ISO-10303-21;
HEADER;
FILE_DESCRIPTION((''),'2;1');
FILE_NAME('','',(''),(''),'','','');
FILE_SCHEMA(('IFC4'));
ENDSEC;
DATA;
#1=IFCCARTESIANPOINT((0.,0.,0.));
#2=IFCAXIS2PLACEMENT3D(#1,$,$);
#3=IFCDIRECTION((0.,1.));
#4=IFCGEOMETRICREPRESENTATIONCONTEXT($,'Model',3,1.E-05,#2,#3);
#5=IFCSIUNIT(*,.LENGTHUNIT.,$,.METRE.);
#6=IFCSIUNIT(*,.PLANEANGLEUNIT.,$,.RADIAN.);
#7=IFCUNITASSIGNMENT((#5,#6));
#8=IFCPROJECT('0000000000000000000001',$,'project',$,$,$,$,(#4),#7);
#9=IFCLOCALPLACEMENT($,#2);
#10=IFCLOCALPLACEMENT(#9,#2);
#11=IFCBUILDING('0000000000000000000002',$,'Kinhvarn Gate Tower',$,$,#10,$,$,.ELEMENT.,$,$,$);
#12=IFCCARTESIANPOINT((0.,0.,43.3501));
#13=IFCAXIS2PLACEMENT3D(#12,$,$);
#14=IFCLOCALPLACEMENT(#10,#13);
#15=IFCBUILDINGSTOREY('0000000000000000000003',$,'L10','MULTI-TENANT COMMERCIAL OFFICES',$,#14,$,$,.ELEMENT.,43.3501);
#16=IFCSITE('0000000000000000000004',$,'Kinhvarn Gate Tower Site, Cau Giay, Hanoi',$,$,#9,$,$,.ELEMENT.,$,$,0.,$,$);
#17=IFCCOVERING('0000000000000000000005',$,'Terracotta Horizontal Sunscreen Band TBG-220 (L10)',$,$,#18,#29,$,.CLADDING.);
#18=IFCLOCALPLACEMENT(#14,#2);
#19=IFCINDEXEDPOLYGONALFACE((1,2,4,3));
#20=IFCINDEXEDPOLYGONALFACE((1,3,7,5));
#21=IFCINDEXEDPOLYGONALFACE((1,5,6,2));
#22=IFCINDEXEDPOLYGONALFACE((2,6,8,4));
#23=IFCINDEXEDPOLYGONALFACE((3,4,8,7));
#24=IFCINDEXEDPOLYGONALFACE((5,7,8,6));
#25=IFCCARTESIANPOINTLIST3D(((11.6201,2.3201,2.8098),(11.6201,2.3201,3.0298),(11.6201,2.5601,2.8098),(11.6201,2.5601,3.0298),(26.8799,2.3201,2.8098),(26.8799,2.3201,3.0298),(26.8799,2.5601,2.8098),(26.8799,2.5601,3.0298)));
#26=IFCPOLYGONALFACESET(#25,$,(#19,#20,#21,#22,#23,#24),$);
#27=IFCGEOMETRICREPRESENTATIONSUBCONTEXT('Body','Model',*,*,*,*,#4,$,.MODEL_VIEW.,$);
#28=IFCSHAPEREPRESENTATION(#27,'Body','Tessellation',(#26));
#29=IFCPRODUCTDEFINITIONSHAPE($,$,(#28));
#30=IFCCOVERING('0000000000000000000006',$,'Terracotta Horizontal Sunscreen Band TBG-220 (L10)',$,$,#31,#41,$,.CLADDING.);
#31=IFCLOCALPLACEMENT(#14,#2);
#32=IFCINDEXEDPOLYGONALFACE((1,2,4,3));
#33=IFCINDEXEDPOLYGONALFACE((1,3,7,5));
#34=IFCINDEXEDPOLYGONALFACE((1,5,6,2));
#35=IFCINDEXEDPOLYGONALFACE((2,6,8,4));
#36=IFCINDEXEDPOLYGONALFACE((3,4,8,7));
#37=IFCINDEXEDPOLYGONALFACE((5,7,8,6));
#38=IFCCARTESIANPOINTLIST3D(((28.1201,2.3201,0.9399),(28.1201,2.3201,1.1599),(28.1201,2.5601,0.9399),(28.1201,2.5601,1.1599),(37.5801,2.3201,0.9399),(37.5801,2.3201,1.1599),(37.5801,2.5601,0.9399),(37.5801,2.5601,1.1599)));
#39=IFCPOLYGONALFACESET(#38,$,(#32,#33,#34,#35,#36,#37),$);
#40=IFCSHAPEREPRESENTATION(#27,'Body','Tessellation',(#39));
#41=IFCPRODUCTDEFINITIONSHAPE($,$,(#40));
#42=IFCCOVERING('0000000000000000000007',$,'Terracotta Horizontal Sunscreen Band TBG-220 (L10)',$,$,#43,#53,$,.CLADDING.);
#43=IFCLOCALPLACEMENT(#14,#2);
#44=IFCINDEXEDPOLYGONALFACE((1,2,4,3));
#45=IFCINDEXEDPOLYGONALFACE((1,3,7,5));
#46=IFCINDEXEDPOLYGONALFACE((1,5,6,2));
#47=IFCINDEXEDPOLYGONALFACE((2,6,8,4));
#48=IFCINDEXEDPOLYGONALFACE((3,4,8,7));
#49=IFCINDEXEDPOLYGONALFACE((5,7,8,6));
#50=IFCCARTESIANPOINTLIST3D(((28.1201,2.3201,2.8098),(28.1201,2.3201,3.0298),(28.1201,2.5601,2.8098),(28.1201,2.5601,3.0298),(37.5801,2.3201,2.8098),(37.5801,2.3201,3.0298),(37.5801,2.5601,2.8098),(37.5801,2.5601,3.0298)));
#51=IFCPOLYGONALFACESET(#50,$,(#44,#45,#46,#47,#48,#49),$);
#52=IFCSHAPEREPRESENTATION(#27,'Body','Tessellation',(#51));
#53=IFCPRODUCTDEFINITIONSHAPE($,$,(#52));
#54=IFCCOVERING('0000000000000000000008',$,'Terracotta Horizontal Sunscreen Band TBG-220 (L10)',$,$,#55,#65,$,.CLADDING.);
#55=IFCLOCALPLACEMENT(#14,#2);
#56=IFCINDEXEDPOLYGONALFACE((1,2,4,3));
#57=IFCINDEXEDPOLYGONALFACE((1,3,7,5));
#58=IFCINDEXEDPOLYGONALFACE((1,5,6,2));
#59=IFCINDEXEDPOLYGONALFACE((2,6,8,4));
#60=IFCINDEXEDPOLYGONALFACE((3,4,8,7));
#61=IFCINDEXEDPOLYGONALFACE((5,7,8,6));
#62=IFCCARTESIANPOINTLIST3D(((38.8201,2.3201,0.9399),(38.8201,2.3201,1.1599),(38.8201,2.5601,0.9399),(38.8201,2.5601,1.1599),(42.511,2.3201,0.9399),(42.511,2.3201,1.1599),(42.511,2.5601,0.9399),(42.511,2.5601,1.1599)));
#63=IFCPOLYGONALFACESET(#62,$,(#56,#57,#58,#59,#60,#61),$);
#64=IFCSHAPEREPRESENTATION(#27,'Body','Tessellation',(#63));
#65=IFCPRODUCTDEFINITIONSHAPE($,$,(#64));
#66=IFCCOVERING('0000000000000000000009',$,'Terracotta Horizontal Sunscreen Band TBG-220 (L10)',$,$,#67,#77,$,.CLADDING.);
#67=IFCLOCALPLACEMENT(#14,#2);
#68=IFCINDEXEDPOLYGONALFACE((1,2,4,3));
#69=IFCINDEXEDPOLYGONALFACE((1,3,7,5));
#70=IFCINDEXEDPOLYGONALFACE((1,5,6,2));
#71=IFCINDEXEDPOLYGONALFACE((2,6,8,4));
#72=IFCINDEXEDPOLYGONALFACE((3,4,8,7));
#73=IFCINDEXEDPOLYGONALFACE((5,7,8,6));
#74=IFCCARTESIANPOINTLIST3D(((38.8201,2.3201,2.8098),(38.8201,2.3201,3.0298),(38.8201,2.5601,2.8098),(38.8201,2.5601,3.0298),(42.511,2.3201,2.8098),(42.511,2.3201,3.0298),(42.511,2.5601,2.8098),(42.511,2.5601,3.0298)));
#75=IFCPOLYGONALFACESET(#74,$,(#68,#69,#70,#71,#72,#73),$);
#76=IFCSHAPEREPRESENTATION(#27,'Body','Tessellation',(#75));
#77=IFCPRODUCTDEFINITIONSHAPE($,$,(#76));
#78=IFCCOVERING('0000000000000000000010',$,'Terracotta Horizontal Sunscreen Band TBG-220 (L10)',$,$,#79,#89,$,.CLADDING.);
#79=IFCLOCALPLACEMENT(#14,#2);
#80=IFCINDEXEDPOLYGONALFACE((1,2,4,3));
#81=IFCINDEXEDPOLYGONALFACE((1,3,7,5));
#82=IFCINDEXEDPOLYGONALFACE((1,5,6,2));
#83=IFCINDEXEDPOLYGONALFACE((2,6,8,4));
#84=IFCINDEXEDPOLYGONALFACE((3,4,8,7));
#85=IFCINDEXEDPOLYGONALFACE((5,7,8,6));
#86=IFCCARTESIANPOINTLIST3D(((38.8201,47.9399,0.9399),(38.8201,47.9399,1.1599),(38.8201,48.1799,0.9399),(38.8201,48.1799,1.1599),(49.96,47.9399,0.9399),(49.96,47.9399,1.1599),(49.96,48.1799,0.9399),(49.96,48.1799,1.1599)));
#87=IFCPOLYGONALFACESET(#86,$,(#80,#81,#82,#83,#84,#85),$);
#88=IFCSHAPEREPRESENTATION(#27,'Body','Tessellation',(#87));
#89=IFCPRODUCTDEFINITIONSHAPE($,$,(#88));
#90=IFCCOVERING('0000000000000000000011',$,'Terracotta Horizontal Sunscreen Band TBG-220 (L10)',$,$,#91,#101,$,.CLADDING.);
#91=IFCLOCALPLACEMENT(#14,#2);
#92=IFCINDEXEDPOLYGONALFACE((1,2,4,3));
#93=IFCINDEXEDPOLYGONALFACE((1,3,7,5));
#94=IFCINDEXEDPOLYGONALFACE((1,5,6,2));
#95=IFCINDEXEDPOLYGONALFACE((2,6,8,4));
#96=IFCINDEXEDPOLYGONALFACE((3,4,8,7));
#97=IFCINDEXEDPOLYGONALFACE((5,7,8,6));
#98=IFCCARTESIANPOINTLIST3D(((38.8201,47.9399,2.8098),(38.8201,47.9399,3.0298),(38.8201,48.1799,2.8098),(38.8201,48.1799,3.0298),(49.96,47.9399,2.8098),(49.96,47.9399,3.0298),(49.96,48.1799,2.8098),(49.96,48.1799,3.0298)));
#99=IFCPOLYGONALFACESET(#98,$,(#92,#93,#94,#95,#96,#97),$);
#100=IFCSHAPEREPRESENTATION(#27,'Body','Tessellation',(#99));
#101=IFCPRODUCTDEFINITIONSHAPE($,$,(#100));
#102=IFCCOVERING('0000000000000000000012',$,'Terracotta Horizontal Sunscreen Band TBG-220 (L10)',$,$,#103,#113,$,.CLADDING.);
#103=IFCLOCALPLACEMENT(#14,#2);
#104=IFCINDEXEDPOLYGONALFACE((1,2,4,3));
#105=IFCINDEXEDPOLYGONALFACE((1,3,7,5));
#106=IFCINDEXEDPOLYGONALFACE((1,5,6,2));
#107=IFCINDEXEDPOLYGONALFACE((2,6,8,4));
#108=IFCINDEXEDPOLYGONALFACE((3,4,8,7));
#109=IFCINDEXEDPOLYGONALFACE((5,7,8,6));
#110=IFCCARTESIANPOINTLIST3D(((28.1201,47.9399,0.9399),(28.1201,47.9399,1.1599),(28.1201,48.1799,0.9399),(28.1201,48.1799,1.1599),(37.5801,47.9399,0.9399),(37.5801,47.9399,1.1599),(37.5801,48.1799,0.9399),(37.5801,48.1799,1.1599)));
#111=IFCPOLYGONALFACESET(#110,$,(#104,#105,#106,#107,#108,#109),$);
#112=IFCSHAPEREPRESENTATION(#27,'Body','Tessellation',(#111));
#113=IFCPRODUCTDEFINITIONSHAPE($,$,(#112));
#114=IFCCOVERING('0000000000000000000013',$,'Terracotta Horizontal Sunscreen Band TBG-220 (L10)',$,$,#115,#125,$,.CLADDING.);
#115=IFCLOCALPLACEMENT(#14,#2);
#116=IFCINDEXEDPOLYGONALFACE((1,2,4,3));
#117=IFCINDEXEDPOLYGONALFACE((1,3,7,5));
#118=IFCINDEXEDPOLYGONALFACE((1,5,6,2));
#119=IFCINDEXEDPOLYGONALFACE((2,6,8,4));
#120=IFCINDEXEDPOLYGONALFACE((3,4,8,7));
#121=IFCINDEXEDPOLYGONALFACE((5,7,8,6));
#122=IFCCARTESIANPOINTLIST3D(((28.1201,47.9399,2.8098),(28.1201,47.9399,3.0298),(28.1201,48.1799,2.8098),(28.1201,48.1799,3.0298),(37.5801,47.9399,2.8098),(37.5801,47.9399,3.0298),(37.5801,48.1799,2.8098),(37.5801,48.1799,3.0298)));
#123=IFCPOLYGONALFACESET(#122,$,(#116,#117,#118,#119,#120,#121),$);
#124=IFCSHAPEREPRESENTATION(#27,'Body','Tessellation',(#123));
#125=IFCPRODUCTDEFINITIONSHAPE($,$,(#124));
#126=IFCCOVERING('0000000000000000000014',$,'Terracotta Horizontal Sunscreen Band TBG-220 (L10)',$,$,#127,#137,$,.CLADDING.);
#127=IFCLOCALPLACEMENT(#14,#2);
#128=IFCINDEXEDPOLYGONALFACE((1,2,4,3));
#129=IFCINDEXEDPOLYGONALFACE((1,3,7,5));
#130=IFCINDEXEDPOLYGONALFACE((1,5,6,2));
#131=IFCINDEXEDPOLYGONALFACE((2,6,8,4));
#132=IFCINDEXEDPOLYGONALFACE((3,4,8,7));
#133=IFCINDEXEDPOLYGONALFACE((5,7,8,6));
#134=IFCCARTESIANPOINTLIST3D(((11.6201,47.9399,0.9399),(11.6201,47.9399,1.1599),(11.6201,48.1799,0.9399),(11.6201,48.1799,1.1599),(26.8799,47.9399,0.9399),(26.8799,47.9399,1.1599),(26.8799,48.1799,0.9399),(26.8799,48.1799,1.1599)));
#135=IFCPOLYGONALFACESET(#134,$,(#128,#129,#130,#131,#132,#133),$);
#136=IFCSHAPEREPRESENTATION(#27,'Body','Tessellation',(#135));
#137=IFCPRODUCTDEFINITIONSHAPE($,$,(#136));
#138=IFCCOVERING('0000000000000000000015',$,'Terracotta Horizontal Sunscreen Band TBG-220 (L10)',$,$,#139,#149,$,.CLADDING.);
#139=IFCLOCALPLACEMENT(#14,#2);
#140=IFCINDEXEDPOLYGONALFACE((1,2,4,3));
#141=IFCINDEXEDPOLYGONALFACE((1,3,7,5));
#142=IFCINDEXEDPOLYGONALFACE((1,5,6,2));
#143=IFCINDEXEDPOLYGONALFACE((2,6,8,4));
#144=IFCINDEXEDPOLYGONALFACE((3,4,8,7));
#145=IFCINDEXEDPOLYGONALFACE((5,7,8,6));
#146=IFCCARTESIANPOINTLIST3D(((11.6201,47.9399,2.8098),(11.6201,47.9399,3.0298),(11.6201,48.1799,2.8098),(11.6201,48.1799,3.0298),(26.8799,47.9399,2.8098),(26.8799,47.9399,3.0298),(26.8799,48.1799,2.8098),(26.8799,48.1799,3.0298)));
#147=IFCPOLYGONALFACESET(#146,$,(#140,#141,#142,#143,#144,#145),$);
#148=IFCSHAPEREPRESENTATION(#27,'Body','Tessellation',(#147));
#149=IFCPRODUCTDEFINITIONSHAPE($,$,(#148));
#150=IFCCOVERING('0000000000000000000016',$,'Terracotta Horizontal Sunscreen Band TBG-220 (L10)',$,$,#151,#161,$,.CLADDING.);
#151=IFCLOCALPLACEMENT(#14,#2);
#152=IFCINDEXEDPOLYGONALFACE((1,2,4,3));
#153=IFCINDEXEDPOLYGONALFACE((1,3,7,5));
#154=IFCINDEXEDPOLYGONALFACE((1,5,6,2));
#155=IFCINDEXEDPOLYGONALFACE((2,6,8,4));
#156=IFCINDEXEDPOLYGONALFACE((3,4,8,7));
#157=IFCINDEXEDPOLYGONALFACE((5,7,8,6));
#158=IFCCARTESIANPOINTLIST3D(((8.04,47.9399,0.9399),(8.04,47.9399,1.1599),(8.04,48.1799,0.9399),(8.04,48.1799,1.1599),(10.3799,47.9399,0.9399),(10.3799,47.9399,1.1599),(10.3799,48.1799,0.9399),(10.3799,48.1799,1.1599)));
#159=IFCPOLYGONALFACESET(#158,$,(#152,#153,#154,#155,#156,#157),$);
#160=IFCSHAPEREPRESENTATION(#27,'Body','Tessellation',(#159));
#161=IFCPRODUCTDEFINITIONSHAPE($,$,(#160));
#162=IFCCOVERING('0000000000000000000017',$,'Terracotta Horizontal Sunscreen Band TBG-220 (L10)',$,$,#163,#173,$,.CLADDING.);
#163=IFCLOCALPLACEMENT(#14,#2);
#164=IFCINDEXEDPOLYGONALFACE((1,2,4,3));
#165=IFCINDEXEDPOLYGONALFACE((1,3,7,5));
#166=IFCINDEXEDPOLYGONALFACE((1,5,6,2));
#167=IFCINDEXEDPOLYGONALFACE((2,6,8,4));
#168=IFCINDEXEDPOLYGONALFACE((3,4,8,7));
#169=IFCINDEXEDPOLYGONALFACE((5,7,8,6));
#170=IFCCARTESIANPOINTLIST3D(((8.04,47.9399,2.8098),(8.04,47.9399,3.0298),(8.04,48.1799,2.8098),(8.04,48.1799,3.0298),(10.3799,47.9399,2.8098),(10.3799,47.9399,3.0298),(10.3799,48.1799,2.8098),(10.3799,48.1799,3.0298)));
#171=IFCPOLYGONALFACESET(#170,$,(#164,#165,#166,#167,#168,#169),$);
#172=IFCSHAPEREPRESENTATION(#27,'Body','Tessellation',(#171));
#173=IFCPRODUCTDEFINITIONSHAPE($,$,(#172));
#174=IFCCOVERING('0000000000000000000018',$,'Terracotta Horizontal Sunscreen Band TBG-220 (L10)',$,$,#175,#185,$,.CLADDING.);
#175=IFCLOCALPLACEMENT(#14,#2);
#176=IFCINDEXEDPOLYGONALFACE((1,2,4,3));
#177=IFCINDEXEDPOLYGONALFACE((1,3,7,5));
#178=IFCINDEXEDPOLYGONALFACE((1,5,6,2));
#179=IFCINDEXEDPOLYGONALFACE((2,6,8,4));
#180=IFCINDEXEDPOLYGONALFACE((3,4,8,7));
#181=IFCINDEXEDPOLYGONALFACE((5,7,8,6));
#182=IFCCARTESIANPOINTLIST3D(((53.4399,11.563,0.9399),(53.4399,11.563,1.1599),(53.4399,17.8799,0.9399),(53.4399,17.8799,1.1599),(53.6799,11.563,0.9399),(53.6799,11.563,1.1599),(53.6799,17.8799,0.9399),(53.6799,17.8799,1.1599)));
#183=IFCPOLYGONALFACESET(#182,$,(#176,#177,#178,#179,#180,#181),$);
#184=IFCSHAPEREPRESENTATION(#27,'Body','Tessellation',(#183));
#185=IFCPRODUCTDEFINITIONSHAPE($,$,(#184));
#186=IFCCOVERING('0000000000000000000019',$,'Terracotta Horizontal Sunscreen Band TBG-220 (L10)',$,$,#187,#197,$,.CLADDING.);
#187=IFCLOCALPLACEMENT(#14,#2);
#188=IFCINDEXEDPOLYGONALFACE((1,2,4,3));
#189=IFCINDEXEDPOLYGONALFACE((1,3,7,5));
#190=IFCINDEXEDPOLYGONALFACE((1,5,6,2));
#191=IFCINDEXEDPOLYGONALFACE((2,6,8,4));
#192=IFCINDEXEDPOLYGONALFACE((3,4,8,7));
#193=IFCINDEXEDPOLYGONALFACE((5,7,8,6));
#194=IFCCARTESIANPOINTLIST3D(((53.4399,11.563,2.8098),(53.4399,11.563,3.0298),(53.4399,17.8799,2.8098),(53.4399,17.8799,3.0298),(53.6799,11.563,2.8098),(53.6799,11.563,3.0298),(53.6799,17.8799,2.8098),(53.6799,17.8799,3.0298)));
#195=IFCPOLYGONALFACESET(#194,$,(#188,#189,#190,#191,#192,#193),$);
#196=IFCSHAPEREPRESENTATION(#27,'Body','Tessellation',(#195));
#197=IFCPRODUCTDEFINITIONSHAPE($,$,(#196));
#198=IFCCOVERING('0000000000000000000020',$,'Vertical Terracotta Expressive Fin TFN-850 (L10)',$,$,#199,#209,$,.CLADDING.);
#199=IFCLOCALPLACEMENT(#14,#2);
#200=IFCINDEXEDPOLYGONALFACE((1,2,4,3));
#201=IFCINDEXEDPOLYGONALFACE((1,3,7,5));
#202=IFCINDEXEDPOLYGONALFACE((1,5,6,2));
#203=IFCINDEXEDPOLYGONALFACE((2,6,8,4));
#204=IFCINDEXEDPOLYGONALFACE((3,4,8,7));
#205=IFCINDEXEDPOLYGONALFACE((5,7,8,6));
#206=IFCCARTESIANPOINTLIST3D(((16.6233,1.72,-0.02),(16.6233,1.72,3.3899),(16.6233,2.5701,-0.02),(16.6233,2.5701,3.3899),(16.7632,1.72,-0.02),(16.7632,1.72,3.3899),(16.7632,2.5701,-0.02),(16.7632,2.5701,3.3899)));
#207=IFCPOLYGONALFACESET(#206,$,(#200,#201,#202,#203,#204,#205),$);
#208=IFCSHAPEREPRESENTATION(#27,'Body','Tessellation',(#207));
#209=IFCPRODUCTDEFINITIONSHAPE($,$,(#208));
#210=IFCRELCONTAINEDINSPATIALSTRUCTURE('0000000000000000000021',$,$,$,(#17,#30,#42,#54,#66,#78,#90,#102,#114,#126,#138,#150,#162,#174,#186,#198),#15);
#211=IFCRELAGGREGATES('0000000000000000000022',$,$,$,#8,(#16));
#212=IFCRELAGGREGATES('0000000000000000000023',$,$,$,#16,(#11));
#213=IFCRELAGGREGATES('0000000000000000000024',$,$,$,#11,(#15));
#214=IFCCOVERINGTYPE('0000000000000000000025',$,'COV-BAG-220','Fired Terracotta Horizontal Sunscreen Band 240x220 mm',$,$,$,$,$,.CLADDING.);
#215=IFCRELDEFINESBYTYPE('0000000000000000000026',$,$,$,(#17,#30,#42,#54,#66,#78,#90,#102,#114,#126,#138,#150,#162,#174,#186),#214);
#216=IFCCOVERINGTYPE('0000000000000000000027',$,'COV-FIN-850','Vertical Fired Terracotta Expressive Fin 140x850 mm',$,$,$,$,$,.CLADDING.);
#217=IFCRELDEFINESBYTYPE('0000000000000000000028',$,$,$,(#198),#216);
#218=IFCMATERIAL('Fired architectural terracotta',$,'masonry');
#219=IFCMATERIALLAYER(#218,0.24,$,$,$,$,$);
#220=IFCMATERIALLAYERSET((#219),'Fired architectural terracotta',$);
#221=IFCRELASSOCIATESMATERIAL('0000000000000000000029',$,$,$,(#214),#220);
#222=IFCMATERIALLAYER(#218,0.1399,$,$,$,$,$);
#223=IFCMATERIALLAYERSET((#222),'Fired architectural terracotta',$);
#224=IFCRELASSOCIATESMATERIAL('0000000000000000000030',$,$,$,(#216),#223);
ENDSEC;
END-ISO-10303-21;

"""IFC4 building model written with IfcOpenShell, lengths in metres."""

from ifc_helpers import new_model, si_unit, direction, frame, origin, place, context, subcontext, project, spatial, polyline, outline, extrude, material, layer, layer_set, type_object, element, save


model = new_model("IFC4")

# Units and contexts
model_context = context("Model", 3, precision=1e-05, world=origin(), true_north=direction((0.0, 1.0)))
body_context = subcontext(model_context, "Body", "Model", "MODEL_VIEW")
ifc_project = project(units=[si_unit("LENGTHUNIT", "METRE"), si_unit("PLANEANGLEUNIT", "RADIAN")], contexts=[model_context])

# Site, building, storey
site_placement = place(None, origin())
site = spatial("IfcSite", under=ifc_project, at=site_placement, Name="Kinhvarn Gate Tower Site, Cau Giay, Hanoi", CompositionType="ELEMENT", RefElevation=0.0)
building_placement = place(site_placement, origin())
building = spatial("IfcBuilding", under=site, at=building_placement, Name="Kinhvarn Gate Tower", CompositionType="ELEMENT")
storey_placement = place(building_placement, frame((0.0, 0.0, 43.3501)))
storey = spatial("IfcBuildingStorey", under=building, at=storey_placement, Name="L10", Description="MULTI-TENANT COMMERCIAL OFFICES", CompositionType="ELEMENT", Elevation=43.3501)

# Coverings
ifc_material_1 = material(Name="Fired architectural terracotta", Category="masonry")
ifc_layer_1 = layer(ifc_material_1, 0.24)
ifc_layer_set_1 = layer_set([ifc_layer_1], Name="Fired architectural terracotta")
covering_type_1 = type_object("IfcCoveringType", Name="COV-BAG-220", Description="Fired Terracotta Horizontal Sunscreen Band 240x220 mm", PredefinedType="CLADDING", material=ifc_layer_set_1)
for number, where, name in (
    (1, (0.0, 0.0, 2.8098), "Terracotta Horizontal Sunscreen Band TBG-220 (L10)"),
):
    element("IfcCovering", number, at=place(storey_placement, frame(where)), inside=storey, type_object=covering_type_1, Name=name, PredefinedType="CLADDING", context=body_context, shape_type="SweptSolid", body=[
        extrude(outline(polyline([(11.6201, 2.5601), (26.8799, 2.5601), (26.8799, 2.3201), (11.6201, 2.3201), (11.6201, 2.5601)])), origin(), (0.0, 0.0, 1.0), 0.22),
    ])
for number, where, name in (
    (2, (0.0, 0.0, 0.9399), "Terracotta Horizontal Sunscreen Band TBG-220 (L10)"),
    (3, (0.0, 0.0, 2.8098), "Terracotta Horizontal Sunscreen Band TBG-220 (L10)"),
):
    element("IfcCovering", number, at=place(storey_placement, frame(where)), inside=storey, type_object=covering_type_1, Name=name, PredefinedType="CLADDING", context=body_context, shape_type="SweptSolid", body=[
        extrude(outline(polyline([(28.1201, 2.5601), (37.5801, 2.5601), (37.5801, 2.3201), (28.1201, 2.3201), (28.1201, 2.5601)])), origin(), (0.0, 0.0, 1.0), 0.22),
    ])
for number, where, name in (
    (4, (0.0, 0.0, 0.9399), "Terracotta Horizontal Sunscreen Band TBG-220 (L10)"),
    (5, (0.0, 0.0, 2.8098), "Terracotta Horizontal Sunscreen Band TBG-220 (L10)"),
):
    element("IfcCovering", number, at=place(storey_placement, frame(where)), inside=storey, type_object=covering_type_1, Name=name, PredefinedType="CLADDING", context=body_context, shape_type="SweptSolid", body=[
        extrude(outline(polyline([(38.8201, 2.5601), (42.511, 2.5601), (42.511, 2.3201), (38.8201, 2.3201), (38.8201, 2.5601)])), origin(), (0.0, 0.0, 1.0), 0.22),
    ])
for number, where, name in (
    (6, (0.0, 0.0, 0.9399), "Terracotta Horizontal Sunscreen Band TBG-220 (L10)"),
    (7, (0.0, 0.0, 2.8098), "Terracotta Horizontal Sunscreen Band TBG-220 (L10)"),
):
    element("IfcCovering", number, at=place(storey_placement, frame(where)), inside=storey, type_object=covering_type_1, Name=name, PredefinedType="CLADDING", context=body_context, shape_type="SweptSolid", body=[
        extrude(outline(polyline([(49.96, 47.9399), (38.8201, 47.9399), (38.8201, 48.1799), (49.96, 48.1799), (49.96, 47.9399)])), origin(), (0.0, 0.0, 1.0), 0.22),
    ])
for number, where, name in (
    (8, (0.0, 0.0, 0.9399), "Terracotta Horizontal Sunscreen Band TBG-220 (L10)"),
    (9, (0.0, 0.0, 2.8098), "Terracotta Horizontal Sunscreen Band TBG-220 (L10)"),
):
    element("IfcCovering", number, at=place(storey_placement, frame(where)), inside=storey, type_object=covering_type_1, Name=name, PredefinedType="CLADDING", context=body_context, shape_type="SweptSolid", body=[
        extrude(outline(polyline([(37.5801, 47.9399), (28.1201, 47.9399), (28.1201, 48.1799), (37.5801, 48.1799), (37.5801, 47.9399)])), origin(), (0.0, 0.0, 1.0), 0.22),
    ])
for number, where, name in (
    (10, (0.0, 0.0, 0.9399), "Terracotta Horizontal Sunscreen Band TBG-220 (L10)"),
    (11, (0.0, 0.0, 2.8098), "Terracotta Horizontal Sunscreen Band TBG-220 (L10)"),
):
    element("IfcCovering", number, at=place(storey_placement, frame(where)), inside=storey, type_object=covering_type_1, Name=name, PredefinedType="CLADDING", context=body_context, shape_type="SweptSolid", body=[
        extrude(outline(polyline([(26.8799, 47.9399), (11.6201, 47.9399), (11.6201, 48.1799), (26.8799, 48.1799), (26.8799, 47.9399)])), origin(), (0.0, 0.0, 1.0), 0.22),
    ])
for number, where, name in (
    (12, (0.0, 0.0, 0.9399), "Terracotta Horizontal Sunscreen Band TBG-220 (L10)"),
    (13, (0.0, 0.0, 2.8098), "Terracotta Horizontal Sunscreen Band TBG-220 (L10)"),
):
    element("IfcCovering", number, at=place(storey_placement, frame(where)), inside=storey, type_object=covering_type_1, Name=name, PredefinedType="CLADDING", context=body_context, shape_type="SweptSolid", body=[
        extrude(outline(polyline([(10.3799, 47.9399), (8.04, 47.9399), (8.04, 48.1799), (10.3799, 48.1799), (10.3799, 47.9399)])), origin(), (0.0, 0.0, 1.0), 0.22),
    ])
for number, where, name in (
    (14, (0.0, 0.0, 0.9399), "Terracotta Horizontal Sunscreen Band TBG-220 (L10)"),
    (15, (0.0, 0.0, 2.8098), "Terracotta Horizontal Sunscreen Band TBG-220 (L10)"),
):
    element("IfcCovering", number, at=place(storey_placement, frame(where)), inside=storey, type_object=covering_type_1, Name=name, PredefinedType="CLADDING", context=body_context, shape_type="SweptSolid", body=[
        extrude(outline(polyline([(53.4399, 11.563), (53.4399, 17.8799), (53.6799, 17.8799), (53.6799, 11.563), (53.4399, 11.563)])), origin(), (0.0, 0.0, 1.0), 0.22),
    ])
ifc_layer_2 = layer(ifc_material_1, 0.1399)
ifc_layer_set_2 = layer_set([ifc_layer_2], Name="Fired architectural terracotta")
covering_type_2 = type_object("IfcCoveringType", Name="COV-FIN-850", Description="Vertical Fired Terracotta Expressive Fin 140x850 mm", PredefinedType="CLADDING", material=ifc_layer_set_2)
covering_1_placement = place(storey_placement, frame((0.0, 0.0, -0.02)))
element("IfcCovering", 16, at=covering_1_placement, inside=storey, type_object=covering_type_2, Name="Vertical Terracotta Expressive Fin TFN-850 (L10)", PredefinedType="CLADDING", context=body_context, shape_type="SweptSolid", body=[
    extrude(outline(polyline([(16.6233, 2.5701), (16.7632, 2.5701), (16.7632, 1.72), (16.6233, 1.72), (16.6233, 2.5701)])), origin(), (0.0, 0.0, 1.0), 3.4099),
])

save(model, "model.ifc")
